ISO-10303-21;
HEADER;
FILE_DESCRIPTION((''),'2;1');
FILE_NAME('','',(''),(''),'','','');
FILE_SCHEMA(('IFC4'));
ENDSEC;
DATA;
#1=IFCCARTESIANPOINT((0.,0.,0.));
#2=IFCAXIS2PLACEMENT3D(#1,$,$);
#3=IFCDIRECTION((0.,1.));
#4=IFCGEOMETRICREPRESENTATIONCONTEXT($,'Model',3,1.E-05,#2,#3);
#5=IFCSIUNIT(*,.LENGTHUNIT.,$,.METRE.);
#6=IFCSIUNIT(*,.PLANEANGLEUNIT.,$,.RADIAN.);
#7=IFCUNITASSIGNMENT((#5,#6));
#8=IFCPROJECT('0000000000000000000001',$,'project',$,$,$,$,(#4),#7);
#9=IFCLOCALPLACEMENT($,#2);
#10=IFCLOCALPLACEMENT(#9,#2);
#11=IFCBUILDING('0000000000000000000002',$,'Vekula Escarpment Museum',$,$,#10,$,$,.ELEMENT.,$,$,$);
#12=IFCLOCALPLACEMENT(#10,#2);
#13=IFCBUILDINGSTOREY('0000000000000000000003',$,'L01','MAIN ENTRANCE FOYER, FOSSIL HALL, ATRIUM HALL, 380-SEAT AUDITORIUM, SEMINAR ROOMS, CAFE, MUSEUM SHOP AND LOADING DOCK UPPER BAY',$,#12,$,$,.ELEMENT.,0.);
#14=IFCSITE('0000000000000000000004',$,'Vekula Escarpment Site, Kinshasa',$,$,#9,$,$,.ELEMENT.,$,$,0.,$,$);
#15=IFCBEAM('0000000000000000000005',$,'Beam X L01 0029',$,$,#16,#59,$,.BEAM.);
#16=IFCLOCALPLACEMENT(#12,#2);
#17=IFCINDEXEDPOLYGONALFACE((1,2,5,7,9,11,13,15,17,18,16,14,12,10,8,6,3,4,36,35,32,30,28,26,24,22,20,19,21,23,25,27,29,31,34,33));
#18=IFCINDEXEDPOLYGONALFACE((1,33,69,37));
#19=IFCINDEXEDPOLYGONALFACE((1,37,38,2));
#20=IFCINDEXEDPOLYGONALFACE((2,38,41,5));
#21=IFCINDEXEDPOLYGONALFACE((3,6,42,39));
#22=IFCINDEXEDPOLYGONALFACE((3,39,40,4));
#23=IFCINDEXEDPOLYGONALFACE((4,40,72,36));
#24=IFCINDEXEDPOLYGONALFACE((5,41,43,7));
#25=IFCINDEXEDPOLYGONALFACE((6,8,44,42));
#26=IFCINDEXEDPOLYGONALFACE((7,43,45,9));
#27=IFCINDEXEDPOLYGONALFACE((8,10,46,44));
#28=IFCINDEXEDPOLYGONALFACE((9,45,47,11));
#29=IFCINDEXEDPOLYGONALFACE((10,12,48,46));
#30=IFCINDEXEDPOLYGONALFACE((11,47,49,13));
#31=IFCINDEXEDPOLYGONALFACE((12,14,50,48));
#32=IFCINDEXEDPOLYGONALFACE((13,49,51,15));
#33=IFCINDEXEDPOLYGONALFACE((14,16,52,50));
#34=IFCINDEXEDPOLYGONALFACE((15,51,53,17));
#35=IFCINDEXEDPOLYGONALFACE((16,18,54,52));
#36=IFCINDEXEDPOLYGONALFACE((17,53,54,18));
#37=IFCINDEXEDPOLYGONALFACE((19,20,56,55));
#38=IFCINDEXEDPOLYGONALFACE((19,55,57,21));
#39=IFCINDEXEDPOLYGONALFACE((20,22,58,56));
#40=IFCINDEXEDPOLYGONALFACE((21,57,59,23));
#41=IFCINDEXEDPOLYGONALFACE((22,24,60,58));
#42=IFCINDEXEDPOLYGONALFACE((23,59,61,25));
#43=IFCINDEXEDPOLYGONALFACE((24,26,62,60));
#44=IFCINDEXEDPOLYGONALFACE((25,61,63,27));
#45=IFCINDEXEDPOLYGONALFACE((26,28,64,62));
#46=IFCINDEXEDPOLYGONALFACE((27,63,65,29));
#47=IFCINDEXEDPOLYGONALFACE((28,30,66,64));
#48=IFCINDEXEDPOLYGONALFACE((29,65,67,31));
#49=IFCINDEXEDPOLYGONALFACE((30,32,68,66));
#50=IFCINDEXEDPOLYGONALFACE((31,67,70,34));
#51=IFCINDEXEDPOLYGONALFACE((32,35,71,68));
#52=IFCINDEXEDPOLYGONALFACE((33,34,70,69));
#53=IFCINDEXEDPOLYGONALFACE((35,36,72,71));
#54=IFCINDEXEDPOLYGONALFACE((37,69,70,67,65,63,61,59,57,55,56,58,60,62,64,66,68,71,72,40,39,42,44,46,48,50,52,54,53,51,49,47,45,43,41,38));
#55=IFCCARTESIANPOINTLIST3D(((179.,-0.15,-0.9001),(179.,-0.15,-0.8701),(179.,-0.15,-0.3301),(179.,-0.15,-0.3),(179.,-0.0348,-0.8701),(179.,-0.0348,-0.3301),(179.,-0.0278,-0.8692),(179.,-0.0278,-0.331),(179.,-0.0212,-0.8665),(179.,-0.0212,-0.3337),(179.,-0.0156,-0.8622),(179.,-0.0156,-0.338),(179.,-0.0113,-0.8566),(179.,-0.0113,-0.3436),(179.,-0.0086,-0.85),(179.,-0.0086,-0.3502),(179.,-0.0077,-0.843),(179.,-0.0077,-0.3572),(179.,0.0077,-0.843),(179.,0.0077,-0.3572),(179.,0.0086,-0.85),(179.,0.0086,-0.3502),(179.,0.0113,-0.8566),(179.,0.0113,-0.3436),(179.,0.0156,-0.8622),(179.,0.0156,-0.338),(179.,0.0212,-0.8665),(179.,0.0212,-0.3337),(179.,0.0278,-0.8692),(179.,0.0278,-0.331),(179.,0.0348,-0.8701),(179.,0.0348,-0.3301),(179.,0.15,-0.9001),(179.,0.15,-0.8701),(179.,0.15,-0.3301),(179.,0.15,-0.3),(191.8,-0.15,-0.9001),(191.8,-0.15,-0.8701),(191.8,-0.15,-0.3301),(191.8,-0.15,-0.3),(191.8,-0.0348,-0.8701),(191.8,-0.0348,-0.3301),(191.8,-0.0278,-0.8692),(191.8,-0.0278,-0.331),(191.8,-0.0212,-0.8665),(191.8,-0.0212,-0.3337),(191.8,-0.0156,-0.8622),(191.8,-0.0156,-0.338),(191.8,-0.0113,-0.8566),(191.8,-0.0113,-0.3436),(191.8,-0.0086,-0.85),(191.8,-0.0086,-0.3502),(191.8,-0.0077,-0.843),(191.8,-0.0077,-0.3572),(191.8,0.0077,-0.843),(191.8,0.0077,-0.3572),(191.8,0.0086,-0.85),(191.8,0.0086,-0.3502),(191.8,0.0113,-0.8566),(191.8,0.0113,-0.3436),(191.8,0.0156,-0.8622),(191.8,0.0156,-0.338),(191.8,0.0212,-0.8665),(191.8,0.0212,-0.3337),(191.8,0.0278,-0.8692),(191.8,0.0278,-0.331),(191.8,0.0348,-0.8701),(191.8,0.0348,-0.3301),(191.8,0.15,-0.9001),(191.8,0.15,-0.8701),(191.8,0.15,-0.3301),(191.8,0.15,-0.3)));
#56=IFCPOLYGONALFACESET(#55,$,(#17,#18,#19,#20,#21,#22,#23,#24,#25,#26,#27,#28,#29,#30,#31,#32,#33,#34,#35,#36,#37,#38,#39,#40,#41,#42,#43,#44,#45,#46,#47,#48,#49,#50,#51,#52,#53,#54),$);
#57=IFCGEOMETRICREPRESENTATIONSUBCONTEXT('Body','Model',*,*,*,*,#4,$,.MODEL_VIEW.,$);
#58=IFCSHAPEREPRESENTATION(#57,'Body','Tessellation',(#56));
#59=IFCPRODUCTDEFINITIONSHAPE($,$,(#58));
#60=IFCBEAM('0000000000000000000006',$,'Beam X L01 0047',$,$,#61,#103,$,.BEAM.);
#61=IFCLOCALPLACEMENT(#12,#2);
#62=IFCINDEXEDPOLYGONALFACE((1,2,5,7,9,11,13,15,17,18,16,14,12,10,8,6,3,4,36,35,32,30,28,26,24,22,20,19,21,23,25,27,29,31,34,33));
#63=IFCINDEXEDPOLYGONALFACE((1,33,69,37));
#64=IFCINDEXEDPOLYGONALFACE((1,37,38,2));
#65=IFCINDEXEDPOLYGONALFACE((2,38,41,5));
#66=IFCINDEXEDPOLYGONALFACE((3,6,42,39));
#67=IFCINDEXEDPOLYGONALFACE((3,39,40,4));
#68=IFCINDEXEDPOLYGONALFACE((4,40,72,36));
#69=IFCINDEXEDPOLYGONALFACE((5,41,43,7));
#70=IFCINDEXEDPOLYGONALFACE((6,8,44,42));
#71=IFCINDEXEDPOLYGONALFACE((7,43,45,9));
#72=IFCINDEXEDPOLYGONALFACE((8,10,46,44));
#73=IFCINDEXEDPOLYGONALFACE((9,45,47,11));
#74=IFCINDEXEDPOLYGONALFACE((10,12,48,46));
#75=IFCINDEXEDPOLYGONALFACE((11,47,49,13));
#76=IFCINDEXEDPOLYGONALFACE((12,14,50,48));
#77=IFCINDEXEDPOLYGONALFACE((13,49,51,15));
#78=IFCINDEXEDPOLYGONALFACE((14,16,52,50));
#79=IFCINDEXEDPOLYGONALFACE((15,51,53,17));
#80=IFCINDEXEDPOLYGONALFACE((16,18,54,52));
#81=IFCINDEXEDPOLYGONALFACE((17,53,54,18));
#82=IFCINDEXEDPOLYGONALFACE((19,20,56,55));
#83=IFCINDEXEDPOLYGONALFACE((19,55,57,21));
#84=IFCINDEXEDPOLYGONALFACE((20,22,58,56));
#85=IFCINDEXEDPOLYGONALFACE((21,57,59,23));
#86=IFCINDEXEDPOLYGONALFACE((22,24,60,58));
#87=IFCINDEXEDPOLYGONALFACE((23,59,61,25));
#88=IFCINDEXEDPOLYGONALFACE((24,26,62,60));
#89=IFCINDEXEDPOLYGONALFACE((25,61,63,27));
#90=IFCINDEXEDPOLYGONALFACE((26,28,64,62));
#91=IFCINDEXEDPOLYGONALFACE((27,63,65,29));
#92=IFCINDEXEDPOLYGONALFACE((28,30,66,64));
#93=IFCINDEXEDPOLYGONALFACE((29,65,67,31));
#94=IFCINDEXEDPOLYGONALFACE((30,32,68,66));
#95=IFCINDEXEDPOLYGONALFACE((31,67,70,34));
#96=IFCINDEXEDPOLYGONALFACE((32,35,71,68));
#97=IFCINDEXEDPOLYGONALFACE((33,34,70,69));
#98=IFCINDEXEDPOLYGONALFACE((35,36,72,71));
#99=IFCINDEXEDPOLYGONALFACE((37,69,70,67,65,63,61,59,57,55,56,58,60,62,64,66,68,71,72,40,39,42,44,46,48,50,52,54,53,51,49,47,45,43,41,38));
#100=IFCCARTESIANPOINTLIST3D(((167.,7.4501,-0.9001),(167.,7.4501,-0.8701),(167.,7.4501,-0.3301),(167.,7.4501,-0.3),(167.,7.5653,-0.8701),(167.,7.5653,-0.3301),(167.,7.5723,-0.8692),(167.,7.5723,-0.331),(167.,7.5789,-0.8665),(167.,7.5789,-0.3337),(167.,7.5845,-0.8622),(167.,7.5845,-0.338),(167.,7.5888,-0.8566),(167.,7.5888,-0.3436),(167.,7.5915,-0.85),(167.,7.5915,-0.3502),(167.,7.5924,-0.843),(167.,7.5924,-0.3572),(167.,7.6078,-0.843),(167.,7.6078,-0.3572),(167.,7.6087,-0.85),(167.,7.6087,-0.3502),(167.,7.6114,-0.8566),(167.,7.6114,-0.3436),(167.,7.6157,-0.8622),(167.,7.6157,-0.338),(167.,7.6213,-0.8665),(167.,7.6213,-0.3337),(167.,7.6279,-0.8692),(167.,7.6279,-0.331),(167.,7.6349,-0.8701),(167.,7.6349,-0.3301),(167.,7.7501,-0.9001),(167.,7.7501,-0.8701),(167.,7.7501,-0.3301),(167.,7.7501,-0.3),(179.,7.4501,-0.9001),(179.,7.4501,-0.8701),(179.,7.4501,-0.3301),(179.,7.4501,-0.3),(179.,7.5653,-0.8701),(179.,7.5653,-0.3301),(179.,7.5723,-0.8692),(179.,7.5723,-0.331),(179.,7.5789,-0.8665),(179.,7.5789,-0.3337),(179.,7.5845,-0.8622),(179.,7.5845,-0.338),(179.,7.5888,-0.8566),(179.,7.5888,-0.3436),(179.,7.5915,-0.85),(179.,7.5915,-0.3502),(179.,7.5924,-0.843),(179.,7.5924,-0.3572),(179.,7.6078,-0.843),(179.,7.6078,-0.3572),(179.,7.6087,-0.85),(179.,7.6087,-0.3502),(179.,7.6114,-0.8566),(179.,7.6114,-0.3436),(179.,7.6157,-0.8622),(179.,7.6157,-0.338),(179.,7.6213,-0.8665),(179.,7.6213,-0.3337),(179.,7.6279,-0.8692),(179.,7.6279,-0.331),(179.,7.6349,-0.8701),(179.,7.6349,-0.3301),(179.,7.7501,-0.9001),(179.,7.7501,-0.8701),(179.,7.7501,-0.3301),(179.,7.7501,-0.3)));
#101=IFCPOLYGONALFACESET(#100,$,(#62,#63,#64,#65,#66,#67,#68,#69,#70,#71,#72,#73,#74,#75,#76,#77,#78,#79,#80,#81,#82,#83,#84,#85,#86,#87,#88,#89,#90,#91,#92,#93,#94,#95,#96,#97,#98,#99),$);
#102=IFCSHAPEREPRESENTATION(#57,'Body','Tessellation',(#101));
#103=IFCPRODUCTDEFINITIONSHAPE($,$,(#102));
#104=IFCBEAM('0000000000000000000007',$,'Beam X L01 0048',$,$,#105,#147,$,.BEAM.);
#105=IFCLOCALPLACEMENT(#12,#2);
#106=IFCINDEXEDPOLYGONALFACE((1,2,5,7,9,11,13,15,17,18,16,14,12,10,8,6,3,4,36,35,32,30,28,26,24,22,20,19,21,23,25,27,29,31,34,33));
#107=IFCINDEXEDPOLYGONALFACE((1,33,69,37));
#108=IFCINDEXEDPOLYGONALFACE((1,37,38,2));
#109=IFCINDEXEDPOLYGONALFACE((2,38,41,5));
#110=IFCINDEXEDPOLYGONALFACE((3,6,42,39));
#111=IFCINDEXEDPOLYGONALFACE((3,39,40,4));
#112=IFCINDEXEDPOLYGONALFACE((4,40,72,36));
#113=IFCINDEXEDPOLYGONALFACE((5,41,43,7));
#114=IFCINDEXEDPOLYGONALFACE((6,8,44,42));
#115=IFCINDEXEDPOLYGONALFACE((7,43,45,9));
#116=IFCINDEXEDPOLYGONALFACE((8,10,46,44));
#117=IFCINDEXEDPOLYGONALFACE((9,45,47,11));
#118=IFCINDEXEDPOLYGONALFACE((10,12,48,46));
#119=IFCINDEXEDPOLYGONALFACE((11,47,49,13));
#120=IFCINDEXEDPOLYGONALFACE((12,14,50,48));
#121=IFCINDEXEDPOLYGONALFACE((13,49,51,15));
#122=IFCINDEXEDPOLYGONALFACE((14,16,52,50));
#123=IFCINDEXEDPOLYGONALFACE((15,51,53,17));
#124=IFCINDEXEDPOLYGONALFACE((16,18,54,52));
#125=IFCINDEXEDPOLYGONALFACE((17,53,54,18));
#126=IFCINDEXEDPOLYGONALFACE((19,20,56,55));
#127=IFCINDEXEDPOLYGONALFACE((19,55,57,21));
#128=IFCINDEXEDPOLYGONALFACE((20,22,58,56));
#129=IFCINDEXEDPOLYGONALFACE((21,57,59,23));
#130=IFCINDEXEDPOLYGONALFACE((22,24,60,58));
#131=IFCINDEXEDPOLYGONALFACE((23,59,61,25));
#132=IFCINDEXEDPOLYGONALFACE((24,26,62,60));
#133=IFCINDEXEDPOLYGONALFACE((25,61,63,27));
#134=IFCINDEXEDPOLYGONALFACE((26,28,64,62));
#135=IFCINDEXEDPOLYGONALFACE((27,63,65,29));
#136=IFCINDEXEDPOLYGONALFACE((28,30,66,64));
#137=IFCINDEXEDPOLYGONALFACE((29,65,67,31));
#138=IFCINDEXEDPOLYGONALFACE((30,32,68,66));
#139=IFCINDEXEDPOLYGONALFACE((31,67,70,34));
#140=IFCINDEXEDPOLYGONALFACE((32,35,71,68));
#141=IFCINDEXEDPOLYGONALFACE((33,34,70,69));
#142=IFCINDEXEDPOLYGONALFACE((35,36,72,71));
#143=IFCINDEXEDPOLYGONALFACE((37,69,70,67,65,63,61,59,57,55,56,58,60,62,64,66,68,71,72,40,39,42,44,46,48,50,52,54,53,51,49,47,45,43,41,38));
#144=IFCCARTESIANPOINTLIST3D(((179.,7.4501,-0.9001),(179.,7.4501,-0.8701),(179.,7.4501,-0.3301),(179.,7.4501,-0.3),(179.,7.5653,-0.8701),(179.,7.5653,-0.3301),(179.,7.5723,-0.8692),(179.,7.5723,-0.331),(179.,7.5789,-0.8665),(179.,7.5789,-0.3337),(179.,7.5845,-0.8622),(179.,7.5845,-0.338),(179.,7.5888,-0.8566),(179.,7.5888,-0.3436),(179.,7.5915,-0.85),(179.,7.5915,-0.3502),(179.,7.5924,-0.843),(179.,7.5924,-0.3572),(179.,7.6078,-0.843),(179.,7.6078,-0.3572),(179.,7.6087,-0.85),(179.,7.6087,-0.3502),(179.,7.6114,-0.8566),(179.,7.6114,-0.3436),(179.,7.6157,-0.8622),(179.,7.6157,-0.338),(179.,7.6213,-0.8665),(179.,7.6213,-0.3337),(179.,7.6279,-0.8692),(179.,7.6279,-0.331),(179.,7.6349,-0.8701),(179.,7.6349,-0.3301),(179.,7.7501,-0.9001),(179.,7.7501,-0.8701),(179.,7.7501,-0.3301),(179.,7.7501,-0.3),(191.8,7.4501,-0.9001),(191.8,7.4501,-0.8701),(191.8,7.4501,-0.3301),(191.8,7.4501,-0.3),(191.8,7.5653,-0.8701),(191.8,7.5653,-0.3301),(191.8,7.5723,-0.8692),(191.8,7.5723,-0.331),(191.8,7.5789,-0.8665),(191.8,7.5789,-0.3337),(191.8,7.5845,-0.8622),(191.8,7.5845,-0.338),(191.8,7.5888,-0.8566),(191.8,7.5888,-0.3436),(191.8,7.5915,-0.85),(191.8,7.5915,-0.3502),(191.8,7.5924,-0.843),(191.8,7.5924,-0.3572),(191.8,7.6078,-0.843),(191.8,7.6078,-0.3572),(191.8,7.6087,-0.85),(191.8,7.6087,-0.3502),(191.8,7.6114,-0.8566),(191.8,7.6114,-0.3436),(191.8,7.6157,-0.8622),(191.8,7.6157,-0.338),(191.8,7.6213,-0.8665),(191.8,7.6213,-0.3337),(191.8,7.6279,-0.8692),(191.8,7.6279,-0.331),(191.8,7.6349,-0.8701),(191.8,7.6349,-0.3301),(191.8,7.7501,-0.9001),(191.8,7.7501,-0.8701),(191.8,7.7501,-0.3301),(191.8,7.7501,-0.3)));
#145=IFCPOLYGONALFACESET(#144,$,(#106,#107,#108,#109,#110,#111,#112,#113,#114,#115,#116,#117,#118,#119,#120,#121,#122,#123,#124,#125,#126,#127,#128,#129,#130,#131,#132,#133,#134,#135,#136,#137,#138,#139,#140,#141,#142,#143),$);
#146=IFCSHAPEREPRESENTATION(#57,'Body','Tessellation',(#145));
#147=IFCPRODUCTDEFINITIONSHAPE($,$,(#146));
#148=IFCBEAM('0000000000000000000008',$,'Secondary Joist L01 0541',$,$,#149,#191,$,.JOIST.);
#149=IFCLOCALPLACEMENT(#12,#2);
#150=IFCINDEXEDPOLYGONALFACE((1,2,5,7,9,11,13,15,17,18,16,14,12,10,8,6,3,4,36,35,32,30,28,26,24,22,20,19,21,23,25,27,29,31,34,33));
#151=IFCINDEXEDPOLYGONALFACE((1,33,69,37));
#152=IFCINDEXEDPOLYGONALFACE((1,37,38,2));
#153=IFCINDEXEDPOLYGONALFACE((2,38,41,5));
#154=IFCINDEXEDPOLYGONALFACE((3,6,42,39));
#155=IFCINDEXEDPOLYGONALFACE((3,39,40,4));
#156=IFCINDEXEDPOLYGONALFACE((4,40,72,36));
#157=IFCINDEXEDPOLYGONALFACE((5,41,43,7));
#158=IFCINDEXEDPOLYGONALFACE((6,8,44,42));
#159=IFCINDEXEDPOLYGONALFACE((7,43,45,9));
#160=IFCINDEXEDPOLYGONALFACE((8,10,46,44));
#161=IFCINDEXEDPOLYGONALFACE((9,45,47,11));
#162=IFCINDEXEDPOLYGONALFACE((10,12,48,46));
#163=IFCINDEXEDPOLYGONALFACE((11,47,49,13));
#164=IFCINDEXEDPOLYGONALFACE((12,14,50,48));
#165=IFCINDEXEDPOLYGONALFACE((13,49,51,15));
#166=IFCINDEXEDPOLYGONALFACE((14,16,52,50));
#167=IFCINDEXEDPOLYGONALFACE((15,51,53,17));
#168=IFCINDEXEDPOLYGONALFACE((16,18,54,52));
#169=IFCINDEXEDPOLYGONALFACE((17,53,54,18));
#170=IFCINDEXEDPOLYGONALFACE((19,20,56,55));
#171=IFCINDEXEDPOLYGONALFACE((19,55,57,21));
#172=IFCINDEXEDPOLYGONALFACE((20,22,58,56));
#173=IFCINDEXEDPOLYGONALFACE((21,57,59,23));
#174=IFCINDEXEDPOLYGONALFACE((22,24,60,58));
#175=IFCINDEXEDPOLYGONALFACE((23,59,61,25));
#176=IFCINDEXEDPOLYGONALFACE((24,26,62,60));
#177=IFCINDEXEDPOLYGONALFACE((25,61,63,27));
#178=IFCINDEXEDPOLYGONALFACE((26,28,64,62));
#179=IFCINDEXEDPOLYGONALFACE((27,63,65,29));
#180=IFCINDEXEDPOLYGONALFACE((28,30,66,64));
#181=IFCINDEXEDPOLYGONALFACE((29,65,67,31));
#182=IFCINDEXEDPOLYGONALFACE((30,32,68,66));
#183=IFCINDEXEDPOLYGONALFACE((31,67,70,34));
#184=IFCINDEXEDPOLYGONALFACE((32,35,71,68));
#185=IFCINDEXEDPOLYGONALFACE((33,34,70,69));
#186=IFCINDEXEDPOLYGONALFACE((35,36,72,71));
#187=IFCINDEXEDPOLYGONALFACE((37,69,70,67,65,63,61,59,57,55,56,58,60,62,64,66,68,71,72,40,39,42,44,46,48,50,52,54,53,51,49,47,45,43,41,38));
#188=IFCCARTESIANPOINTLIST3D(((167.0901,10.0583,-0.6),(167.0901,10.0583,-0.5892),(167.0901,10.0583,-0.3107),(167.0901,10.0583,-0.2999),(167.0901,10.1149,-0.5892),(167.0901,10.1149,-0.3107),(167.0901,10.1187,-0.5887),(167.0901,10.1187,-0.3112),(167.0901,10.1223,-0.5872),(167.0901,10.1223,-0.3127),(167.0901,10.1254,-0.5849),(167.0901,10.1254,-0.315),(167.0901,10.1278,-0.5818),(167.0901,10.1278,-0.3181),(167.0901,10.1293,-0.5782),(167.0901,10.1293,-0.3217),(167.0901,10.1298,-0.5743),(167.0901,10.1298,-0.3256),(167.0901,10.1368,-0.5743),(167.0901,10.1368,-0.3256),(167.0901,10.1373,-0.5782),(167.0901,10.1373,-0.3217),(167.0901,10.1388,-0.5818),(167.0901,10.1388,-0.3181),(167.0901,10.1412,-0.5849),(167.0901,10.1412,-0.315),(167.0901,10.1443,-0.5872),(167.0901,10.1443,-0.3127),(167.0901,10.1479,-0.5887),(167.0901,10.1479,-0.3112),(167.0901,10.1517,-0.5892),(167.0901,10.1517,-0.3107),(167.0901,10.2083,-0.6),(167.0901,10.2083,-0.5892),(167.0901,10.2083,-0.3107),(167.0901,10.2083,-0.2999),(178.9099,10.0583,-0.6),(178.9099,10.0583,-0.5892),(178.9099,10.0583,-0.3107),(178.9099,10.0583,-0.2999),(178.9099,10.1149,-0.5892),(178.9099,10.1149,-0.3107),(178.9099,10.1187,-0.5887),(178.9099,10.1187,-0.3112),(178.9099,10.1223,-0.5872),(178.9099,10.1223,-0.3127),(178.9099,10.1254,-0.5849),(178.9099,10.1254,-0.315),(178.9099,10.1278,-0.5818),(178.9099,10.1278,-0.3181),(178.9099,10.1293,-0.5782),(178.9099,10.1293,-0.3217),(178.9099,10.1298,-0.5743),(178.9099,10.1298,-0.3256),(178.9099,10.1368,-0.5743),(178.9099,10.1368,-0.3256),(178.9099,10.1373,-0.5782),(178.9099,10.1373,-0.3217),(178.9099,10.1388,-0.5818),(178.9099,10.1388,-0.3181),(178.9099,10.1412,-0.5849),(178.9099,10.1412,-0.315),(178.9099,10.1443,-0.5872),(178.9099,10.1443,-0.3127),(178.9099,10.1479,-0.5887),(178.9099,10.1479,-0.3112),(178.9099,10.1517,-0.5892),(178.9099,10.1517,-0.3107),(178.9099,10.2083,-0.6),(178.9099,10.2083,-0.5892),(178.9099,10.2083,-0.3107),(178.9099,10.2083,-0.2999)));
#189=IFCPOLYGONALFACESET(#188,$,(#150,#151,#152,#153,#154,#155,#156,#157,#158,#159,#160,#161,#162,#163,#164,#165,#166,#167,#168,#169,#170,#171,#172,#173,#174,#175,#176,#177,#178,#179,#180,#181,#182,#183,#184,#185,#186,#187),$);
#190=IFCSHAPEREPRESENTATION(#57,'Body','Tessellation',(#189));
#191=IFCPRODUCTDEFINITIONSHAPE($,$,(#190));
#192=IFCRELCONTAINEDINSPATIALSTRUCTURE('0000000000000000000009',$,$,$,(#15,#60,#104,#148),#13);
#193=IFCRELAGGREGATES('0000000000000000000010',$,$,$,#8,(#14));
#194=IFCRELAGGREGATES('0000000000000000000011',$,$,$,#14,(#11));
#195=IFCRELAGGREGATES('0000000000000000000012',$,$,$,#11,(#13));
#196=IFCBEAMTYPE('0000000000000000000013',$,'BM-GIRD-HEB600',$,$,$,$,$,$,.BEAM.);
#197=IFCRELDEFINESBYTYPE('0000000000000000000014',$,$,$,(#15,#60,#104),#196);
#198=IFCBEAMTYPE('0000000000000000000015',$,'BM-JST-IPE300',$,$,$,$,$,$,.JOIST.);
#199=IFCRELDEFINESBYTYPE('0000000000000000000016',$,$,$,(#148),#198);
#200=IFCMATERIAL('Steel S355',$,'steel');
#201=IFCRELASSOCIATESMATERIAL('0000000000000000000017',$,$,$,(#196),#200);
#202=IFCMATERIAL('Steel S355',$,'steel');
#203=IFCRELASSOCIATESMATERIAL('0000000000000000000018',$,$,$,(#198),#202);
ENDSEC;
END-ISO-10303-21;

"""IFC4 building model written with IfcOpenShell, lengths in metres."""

from ifc_helpers import new_model, si_unit, direction, frame, origin, origin_2d, place, context, subcontext, project, spatial, i_section, extrude, material, material_profile, profile_set, type_object, element, save


model = new_model("IFC4")

# Units and contexts
model_context = context("Model", 3, precision=1e-05, world=origin(), true_north=direction((0.0, 1.0)))
body_context = subcontext(model_context, "Body", "Model", "MODEL_VIEW")
ifc_project = project(units=[si_unit("LENGTHUNIT", "METRE"), si_unit("PLANEANGLEUNIT", "RADIAN")], contexts=[model_context])

# Site, building, storey
site_placement = place(None, origin())
site = spatial("IfcSite", under=ifc_project, at=site_placement, Name="Vekula Escarpment Site, Kinshasa", CompositionType="ELEMENT", RefElevation=0.0)
building_placement = place(site_placement, origin())
building = spatial("IfcBuilding", under=site, at=building_placement, Name="Vekula Escarpment Museum", CompositionType="ELEMENT")
storey_placement = place(building_placement, origin())
storey = spatial("IfcBuildingStorey", under=building, at=storey_placement, Name="L01", Description="MAIN ENTRANCE FOYER, FOSSIL HALL, ATRIUM HALL, 380-SEAT AUDITORIUM, SEMINAR ROOMS, CAFE, MUSEUM SHOP AND LOADING DOCK UPPER BAY", CompositionType="ELEMENT", Elevation=0.0)

# Beams
ifc_material_1 = material(Name="Steel S355", Category="steel")
ifc_material_profile_1 = material_profile(ifc_material_1, i_section(OverallWidth=0.3, OverallDepth=0.6001, WebThickness=0.0154, FlangeThickness=0.03, FilletRadius=0.0271, at=origin_2d()), Name="HEB 600")
ifc_profile_set_1 = profile_set([ifc_material_profile_1], Name="Steel S355")
beam_type_1 = type_object("IfcBeamType", Name="BM-GIRD-HEB600", PredefinedType="BEAM", material=ifc_profile_set_1)
beam_1_placement = place(storey_placement, frame((179.0, 0.0, -0.6001), z_axis=(1.0, 0.0, 0.0), x_axis=(0.0, 1.0, 0.0)))
element("IfcBeam", 1, at=beam_1_placement, inside=storey, type_object=beam_type_1, Name="Beam X L01 0029", PredefinedType="BEAM", context=body_context, shape_type="SweptSolid", body=[
    extrude(i_section(OverallWidth=0.3, OverallDepth=0.6001, WebThickness=0.0154, FlangeThickness=0.03, FilletRadius=0.0271, at=origin_2d()), origin(), (0.0, 0.0, 1.0), 12.8),
])
beam_2_placement = place(storey_placement, frame((167.0, 7.6001, -0.6001), z_axis=(1.0, 0.0, 0.0), x_axis=(0.0, 1.0, 0.0)))
element("IfcBeam", 2, at=beam_2_placement, inside=storey, type_object=beam_type_1, Name="Beam X L01 0047", PredefinedType="BEAM", context=body_context, shape_type="SweptSolid", body=[
    extrude(i_section(OverallWidth=0.3, OverallDepth=0.6001, WebThickness=0.0154, FlangeThickness=0.03, FilletRadius=0.0271, at=origin_2d()), origin(), (0.0, 0.0, 1.0), 12.0),
])
beam_3_placement = place(storey_placement, frame((179.0, 7.6001, -0.6001), z_axis=(1.0, 0.0, 0.0), x_axis=(0.0, 1.0, 0.0)))
element("IfcBeam", 3, at=beam_3_placement, inside=storey, type_object=beam_type_1, Name="Beam X L01 0048", PredefinedType="BEAM", context=body_context, shape_type="SweptSolid", body=[
    extrude(i_section(OverallWidth=0.3, OverallDepth=0.6001, WebThickness=0.0154, FlangeThickness=0.03, FilletRadius=0.0271, at=origin_2d()), origin(), (0.0, 0.0, 1.0), 12.8),
])
ifc_material_2 = material(Name="Steel S355", Category="steel")
ifc_material_profile_2 = material_profile(ifc_material_2, i_section(OverallWidth=0.1499, OverallDepth=0.3, WebThickness=0.0071, FlangeThickness=0.0107, FilletRadius=0.0149, at=origin_2d()), Name="IPE 300")
ifc_profile_set_2 = profile_set([ifc_material_profile_2], Name="Steel S355")
beam_type_2 = type_object("IfcBeamType", Name="BM-JST-IPE300", PredefinedType="JOIST", material=ifc_profile_set_2)
beam_4_placement = place(storey_placement, frame((167.0901, 10.1333, -0.45), z_axis=(1.0, 0.0, 0.0), x_axis=(0.0, 1.0, 0.0)))
element("IfcBeam", 4, at=beam_4_placement, inside=storey, type_object=beam_type_2, Name="Secondary Joist L01 0541", PredefinedType="JOIST", context=body_context, shape_type="SweptSolid", body=[
    extrude(i_section(OverallWidth=0.1499, OverallDepth=0.3, WebThickness=0.0071, FlangeThickness=0.0107, FilletRadius=0.0149, at=origin_2d()), origin(), (0.0, 0.0, 1.0), 11.8198),
])

save(model, "model.ifc")
